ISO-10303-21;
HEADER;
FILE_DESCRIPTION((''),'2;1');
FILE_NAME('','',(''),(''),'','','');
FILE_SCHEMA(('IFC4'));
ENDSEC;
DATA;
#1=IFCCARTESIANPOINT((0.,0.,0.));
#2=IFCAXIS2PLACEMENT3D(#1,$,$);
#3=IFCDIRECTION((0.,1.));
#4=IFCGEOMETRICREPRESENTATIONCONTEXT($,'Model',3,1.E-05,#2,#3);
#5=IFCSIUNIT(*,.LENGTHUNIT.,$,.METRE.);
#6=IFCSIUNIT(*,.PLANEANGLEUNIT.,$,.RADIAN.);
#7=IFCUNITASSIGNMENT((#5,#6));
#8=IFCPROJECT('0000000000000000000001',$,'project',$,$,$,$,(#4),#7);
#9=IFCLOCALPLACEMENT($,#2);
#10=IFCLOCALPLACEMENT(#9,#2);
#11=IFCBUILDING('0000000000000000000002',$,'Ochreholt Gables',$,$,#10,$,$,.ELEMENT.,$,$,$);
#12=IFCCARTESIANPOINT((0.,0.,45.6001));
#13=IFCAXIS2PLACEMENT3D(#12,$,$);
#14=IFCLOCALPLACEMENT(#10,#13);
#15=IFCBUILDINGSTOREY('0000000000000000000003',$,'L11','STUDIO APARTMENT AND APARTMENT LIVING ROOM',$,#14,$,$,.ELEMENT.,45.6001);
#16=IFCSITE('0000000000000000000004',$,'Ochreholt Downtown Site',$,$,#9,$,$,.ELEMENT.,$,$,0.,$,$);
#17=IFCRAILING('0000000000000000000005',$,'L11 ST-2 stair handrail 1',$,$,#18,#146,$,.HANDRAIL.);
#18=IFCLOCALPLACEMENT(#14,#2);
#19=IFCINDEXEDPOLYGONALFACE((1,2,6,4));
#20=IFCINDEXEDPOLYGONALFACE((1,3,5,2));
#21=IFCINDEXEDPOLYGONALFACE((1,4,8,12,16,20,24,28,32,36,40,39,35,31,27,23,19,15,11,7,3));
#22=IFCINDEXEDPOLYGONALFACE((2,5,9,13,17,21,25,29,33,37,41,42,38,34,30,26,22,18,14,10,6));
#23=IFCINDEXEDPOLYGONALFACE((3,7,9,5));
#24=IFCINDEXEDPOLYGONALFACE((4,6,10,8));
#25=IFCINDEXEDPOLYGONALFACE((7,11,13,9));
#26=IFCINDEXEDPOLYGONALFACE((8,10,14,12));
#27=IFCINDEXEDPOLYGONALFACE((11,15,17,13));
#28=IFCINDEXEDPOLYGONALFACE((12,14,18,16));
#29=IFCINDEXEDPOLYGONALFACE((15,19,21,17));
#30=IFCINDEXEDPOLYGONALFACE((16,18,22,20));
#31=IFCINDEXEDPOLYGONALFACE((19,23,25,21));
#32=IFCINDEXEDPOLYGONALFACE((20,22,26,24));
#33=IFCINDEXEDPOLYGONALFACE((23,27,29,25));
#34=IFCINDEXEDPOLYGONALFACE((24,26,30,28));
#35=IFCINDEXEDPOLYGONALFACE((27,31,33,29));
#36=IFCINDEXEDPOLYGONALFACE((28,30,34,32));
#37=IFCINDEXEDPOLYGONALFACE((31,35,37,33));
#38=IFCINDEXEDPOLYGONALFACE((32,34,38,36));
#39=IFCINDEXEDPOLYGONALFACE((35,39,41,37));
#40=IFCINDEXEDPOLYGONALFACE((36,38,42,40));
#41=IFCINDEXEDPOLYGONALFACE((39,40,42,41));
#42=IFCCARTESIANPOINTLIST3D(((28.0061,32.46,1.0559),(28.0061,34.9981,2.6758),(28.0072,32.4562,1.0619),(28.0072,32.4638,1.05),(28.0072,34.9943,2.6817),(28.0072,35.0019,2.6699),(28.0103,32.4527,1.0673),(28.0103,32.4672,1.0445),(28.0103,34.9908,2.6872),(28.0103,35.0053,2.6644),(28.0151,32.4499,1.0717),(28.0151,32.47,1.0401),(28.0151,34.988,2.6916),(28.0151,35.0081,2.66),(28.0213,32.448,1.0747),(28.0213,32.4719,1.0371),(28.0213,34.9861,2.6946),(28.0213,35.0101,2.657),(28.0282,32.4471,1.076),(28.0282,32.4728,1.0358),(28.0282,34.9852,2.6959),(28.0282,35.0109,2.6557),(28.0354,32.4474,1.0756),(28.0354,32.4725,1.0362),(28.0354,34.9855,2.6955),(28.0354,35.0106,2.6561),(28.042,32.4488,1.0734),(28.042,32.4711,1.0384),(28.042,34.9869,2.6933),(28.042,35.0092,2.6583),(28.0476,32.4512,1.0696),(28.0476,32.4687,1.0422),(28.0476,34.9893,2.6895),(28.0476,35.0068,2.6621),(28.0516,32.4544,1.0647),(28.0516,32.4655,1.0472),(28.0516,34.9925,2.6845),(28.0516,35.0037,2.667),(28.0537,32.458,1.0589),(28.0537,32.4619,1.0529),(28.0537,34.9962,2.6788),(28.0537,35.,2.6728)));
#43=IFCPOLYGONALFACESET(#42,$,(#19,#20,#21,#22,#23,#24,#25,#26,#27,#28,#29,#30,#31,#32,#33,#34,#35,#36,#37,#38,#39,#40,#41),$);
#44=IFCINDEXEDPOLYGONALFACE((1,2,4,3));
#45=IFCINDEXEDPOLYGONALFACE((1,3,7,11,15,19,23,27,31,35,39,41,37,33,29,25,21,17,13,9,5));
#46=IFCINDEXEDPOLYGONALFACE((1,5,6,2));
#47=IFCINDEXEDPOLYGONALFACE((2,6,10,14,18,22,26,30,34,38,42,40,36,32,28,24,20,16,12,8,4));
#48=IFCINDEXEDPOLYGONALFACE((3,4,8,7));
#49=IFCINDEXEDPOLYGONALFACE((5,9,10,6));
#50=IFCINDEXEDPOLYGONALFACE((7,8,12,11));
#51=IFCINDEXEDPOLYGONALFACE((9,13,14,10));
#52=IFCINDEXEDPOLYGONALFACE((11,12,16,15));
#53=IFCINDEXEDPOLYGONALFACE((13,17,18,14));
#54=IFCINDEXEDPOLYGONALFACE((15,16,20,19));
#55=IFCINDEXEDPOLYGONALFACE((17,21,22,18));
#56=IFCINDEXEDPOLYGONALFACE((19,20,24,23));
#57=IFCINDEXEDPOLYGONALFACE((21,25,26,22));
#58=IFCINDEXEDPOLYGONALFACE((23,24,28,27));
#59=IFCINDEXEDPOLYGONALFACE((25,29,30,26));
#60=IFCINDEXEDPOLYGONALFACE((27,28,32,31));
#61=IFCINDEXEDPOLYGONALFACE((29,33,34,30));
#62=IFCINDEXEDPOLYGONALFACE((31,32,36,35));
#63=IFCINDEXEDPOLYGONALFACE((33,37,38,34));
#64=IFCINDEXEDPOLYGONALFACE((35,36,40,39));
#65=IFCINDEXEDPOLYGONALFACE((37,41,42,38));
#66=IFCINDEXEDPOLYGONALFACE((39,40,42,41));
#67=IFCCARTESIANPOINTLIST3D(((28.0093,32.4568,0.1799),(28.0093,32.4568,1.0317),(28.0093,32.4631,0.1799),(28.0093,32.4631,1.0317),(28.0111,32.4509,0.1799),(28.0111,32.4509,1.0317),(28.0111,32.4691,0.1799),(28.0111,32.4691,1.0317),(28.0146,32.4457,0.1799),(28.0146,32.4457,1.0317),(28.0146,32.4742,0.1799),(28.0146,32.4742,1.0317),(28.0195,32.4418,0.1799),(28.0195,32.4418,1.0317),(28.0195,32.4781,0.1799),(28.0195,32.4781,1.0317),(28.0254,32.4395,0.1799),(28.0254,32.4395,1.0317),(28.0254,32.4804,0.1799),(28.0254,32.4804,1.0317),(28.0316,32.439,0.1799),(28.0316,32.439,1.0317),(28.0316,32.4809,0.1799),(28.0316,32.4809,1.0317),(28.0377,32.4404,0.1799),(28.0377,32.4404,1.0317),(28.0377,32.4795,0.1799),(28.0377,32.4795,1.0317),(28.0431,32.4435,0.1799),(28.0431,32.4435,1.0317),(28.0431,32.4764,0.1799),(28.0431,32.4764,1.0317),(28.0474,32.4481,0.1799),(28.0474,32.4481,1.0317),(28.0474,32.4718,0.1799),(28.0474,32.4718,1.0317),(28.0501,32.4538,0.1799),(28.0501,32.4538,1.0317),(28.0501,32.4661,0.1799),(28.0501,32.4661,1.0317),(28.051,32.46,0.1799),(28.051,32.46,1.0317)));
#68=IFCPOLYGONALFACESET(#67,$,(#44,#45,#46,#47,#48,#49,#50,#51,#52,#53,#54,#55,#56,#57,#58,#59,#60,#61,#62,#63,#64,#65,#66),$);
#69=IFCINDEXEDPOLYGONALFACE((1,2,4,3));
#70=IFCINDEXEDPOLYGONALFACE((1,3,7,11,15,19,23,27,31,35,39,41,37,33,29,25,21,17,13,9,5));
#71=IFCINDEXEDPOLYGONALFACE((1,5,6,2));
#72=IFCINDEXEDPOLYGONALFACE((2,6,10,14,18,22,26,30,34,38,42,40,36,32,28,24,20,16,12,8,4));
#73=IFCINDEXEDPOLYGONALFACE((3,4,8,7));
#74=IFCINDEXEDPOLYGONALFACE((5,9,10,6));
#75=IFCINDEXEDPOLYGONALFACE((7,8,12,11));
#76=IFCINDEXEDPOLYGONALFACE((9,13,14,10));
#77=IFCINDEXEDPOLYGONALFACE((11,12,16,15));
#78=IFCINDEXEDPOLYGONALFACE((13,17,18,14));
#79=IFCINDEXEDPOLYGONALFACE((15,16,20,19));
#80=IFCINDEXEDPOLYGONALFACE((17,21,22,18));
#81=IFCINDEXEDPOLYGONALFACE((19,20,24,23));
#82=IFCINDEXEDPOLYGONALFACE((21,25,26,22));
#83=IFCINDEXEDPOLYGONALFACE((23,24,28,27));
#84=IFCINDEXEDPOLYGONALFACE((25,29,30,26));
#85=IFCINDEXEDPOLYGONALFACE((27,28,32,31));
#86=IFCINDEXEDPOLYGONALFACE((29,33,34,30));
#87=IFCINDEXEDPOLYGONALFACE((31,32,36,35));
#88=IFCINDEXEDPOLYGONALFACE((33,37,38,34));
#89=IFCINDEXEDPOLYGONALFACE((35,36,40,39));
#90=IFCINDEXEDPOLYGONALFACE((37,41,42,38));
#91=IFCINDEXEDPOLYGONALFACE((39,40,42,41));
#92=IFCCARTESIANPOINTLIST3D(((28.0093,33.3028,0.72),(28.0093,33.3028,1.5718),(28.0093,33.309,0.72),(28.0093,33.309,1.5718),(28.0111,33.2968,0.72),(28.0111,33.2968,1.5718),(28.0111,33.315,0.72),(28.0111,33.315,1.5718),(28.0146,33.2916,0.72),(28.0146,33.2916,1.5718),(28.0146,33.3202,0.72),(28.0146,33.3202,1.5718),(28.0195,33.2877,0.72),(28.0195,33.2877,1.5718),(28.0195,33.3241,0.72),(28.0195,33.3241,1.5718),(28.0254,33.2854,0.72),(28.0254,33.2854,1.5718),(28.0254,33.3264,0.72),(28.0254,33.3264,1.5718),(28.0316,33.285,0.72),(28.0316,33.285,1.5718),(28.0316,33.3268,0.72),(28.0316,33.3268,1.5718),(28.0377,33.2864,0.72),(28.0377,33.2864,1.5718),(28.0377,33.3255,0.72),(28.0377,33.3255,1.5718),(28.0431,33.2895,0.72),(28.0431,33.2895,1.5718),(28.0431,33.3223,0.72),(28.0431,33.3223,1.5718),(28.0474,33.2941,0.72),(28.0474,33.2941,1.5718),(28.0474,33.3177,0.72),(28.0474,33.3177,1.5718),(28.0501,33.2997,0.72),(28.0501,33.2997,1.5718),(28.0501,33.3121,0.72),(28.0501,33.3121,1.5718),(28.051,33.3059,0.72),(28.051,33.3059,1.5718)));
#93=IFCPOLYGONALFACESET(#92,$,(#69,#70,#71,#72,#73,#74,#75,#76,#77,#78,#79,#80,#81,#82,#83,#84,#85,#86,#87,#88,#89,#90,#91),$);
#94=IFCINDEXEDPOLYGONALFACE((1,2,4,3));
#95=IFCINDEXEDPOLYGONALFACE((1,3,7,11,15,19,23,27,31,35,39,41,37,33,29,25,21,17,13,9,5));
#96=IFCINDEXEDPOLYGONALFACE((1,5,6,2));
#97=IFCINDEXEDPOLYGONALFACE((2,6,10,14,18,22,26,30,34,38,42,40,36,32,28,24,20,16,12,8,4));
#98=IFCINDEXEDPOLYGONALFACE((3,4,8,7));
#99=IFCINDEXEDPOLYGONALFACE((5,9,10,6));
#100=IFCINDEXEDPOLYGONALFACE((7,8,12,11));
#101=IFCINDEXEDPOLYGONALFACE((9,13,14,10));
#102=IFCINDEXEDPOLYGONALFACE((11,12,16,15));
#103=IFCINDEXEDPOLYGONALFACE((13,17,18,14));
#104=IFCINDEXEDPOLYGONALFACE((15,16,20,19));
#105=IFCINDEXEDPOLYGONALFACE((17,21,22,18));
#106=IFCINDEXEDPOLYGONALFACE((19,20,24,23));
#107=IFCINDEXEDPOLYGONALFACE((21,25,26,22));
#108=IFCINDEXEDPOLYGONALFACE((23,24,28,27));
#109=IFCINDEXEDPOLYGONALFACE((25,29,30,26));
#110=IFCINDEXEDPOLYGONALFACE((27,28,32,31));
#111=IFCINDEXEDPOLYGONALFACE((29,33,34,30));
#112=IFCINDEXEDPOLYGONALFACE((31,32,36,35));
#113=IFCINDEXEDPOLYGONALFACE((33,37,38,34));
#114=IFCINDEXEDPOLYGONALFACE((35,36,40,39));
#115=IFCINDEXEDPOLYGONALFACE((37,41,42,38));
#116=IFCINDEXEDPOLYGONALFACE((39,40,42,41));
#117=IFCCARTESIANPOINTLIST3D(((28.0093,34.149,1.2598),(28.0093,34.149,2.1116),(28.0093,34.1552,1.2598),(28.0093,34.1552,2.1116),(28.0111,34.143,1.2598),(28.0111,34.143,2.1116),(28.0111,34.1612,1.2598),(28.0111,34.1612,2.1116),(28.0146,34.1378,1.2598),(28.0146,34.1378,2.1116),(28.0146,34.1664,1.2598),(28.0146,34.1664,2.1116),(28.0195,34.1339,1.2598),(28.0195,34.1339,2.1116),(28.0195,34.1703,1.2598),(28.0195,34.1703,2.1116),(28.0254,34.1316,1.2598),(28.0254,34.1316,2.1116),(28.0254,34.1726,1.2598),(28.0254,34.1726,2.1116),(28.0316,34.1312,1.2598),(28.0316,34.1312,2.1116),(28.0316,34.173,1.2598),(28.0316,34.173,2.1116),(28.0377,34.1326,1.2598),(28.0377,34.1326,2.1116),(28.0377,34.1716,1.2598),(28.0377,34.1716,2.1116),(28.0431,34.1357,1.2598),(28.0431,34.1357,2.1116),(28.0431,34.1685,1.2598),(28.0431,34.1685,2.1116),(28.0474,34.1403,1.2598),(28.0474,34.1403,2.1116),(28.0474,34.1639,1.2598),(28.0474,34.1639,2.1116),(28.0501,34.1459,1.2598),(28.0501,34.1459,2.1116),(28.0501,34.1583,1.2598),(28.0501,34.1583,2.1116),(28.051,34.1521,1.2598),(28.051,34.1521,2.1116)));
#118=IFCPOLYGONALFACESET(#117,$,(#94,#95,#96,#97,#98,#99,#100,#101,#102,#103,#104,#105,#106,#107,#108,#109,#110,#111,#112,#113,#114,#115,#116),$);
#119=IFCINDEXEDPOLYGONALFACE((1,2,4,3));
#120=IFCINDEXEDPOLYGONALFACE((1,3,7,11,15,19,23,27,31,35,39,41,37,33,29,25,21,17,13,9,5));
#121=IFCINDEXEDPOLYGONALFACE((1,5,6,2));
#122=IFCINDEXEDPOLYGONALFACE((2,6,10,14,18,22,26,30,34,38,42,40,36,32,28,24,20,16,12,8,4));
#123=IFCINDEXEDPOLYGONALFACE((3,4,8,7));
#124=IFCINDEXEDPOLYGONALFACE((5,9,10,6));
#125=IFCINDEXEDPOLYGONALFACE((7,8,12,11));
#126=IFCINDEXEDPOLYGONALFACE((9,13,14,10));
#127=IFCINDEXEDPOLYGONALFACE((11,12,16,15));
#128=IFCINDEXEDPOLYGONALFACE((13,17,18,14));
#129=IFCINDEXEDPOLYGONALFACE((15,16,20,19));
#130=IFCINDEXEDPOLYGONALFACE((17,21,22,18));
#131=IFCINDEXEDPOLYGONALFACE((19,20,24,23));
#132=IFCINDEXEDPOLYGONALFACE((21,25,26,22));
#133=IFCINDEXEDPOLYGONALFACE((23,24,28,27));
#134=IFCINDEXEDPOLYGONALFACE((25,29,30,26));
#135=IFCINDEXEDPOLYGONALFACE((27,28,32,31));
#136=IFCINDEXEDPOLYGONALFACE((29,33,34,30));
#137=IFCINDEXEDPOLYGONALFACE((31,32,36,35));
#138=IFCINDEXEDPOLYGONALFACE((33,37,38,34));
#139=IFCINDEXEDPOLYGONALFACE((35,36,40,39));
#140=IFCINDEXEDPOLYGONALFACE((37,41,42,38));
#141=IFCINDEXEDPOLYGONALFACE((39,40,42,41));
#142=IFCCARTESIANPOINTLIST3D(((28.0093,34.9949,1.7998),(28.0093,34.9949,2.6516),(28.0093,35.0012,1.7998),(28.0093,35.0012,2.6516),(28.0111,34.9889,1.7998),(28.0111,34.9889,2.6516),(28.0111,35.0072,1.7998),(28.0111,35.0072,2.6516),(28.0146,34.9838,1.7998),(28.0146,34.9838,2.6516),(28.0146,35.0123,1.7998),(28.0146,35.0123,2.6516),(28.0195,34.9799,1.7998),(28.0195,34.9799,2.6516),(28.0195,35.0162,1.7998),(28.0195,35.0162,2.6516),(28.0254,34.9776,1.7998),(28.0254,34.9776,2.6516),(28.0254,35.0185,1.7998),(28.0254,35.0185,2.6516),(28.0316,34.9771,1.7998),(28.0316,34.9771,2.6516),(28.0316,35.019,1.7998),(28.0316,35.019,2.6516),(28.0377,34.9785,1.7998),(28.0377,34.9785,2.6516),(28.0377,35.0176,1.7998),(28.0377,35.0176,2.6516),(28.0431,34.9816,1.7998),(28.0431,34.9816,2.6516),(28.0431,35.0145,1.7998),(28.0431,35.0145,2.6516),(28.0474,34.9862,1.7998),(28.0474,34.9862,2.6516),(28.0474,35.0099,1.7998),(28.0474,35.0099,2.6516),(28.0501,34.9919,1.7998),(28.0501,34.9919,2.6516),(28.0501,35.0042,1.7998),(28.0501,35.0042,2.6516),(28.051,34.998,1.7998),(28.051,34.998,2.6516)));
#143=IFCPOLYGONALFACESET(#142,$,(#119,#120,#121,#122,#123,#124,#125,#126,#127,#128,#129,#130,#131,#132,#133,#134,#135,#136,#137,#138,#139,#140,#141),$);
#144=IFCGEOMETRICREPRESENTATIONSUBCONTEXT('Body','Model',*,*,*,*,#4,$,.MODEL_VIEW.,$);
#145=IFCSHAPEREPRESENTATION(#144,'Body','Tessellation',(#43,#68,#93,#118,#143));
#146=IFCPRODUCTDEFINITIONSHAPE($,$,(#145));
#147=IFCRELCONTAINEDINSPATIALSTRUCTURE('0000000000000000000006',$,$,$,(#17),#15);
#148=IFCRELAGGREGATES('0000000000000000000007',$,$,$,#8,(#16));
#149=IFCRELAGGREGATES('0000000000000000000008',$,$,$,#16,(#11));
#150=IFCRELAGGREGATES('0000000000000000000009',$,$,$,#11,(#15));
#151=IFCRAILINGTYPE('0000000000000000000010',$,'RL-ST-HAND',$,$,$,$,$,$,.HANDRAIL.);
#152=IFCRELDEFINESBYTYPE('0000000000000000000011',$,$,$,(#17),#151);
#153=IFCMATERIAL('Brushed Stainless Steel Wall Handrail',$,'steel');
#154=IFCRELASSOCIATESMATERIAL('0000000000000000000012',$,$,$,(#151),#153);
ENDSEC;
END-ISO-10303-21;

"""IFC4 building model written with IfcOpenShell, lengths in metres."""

from ifc_helpers import new_model, si_unit, direction, frame, origin, origin_2d, place, context, subcontext, project, spatial, circle, extrude, material, type_object, element, save


model = new_model("IFC4")

# Units and contexts
model_context = context("Model", 3, precision=1e-05, world=origin(), true_north=direction((0.0, 1.0)))
body_context = subcontext(model_context, "Body", "Model", "MODEL_VIEW")
ifc_project = project(units=[si_unit("LENGTHUNIT", "METRE"), si_unit("PLANEANGLEUNIT", "RADIAN")], contexts=[model_context])

# Site, building, storey
site_placement = place(None, origin())
site = spatial("IfcSite", under=ifc_project, at=site_placement, Name="Ochreholt Downtown Site", CompositionType="ELEMENT", RefElevation=0.0)
building_placement = place(site_placement, origin())
building = spatial("IfcBuilding", under=site, at=building_placement, Name="Ochreholt Gables", CompositionType="ELEMENT")
storey_placement = place(building_placement, frame((0.0, 0.0, 45.6001)))
storey = spatial("IfcBuildingStorey", under=building, at=storey_placement, Name="L11", Description="STUDIO APARTMENT AND APARTMENT LIVING ROOM", CompositionType="ELEMENT", Elevation=45.6001)

# Railing
ifc_material_1 = material(Name="Brushed Stainless Steel Wall Handrail", Category="steel")
railing_type_1 = type_object("IfcRailingType", Name="RL-ST-HAND", PredefinedType="HANDRAIL", material=ifc_material_1)
railing_1_placement = place(storey_placement, frame((28.03, 32.46, 0.1799)))
element("IfcRailing", 1, at=railing_1_placement, inside=storey, type_object=railing_type_1, Name="L11 ST-2 stair handrail 1", PredefinedType="HANDRAIL", context=body_context, shape_type="SweptSolid", body=[
    extrude(circle(Radius=0.0239, at=origin_2d()), frame((0.0, 0.0, 0.876), z_axis=(0.0, 0.84295, 0.537993), x_axis=(-1.0, 0.0, 0.0)), (0.0, 0.0, 1.0), 3.011),
    extrude(circle(Radius=0.021, at=origin_2d()), origin(), (0.0, 0.0, 1.0), 0.8518),
    extrude(circle(Radius=0.021, at=origin_2d()), frame((0.0, 0.8459, 0.54)), (0.0, 0.0, 1.0), 0.8518),
    extrude(circle(Radius=0.021, at=origin_2d()), frame((0.0, 1.6921, 1.0798)), (0.0, 0.0, 1.0), 0.8518),
    extrude(circle(Radius=0.021, at=origin_2d()), frame((0.0, 2.5381, 1.6199)), (0.0, 0.0, 1.0), 0.8518),
])

save(model, "model.ifc")
